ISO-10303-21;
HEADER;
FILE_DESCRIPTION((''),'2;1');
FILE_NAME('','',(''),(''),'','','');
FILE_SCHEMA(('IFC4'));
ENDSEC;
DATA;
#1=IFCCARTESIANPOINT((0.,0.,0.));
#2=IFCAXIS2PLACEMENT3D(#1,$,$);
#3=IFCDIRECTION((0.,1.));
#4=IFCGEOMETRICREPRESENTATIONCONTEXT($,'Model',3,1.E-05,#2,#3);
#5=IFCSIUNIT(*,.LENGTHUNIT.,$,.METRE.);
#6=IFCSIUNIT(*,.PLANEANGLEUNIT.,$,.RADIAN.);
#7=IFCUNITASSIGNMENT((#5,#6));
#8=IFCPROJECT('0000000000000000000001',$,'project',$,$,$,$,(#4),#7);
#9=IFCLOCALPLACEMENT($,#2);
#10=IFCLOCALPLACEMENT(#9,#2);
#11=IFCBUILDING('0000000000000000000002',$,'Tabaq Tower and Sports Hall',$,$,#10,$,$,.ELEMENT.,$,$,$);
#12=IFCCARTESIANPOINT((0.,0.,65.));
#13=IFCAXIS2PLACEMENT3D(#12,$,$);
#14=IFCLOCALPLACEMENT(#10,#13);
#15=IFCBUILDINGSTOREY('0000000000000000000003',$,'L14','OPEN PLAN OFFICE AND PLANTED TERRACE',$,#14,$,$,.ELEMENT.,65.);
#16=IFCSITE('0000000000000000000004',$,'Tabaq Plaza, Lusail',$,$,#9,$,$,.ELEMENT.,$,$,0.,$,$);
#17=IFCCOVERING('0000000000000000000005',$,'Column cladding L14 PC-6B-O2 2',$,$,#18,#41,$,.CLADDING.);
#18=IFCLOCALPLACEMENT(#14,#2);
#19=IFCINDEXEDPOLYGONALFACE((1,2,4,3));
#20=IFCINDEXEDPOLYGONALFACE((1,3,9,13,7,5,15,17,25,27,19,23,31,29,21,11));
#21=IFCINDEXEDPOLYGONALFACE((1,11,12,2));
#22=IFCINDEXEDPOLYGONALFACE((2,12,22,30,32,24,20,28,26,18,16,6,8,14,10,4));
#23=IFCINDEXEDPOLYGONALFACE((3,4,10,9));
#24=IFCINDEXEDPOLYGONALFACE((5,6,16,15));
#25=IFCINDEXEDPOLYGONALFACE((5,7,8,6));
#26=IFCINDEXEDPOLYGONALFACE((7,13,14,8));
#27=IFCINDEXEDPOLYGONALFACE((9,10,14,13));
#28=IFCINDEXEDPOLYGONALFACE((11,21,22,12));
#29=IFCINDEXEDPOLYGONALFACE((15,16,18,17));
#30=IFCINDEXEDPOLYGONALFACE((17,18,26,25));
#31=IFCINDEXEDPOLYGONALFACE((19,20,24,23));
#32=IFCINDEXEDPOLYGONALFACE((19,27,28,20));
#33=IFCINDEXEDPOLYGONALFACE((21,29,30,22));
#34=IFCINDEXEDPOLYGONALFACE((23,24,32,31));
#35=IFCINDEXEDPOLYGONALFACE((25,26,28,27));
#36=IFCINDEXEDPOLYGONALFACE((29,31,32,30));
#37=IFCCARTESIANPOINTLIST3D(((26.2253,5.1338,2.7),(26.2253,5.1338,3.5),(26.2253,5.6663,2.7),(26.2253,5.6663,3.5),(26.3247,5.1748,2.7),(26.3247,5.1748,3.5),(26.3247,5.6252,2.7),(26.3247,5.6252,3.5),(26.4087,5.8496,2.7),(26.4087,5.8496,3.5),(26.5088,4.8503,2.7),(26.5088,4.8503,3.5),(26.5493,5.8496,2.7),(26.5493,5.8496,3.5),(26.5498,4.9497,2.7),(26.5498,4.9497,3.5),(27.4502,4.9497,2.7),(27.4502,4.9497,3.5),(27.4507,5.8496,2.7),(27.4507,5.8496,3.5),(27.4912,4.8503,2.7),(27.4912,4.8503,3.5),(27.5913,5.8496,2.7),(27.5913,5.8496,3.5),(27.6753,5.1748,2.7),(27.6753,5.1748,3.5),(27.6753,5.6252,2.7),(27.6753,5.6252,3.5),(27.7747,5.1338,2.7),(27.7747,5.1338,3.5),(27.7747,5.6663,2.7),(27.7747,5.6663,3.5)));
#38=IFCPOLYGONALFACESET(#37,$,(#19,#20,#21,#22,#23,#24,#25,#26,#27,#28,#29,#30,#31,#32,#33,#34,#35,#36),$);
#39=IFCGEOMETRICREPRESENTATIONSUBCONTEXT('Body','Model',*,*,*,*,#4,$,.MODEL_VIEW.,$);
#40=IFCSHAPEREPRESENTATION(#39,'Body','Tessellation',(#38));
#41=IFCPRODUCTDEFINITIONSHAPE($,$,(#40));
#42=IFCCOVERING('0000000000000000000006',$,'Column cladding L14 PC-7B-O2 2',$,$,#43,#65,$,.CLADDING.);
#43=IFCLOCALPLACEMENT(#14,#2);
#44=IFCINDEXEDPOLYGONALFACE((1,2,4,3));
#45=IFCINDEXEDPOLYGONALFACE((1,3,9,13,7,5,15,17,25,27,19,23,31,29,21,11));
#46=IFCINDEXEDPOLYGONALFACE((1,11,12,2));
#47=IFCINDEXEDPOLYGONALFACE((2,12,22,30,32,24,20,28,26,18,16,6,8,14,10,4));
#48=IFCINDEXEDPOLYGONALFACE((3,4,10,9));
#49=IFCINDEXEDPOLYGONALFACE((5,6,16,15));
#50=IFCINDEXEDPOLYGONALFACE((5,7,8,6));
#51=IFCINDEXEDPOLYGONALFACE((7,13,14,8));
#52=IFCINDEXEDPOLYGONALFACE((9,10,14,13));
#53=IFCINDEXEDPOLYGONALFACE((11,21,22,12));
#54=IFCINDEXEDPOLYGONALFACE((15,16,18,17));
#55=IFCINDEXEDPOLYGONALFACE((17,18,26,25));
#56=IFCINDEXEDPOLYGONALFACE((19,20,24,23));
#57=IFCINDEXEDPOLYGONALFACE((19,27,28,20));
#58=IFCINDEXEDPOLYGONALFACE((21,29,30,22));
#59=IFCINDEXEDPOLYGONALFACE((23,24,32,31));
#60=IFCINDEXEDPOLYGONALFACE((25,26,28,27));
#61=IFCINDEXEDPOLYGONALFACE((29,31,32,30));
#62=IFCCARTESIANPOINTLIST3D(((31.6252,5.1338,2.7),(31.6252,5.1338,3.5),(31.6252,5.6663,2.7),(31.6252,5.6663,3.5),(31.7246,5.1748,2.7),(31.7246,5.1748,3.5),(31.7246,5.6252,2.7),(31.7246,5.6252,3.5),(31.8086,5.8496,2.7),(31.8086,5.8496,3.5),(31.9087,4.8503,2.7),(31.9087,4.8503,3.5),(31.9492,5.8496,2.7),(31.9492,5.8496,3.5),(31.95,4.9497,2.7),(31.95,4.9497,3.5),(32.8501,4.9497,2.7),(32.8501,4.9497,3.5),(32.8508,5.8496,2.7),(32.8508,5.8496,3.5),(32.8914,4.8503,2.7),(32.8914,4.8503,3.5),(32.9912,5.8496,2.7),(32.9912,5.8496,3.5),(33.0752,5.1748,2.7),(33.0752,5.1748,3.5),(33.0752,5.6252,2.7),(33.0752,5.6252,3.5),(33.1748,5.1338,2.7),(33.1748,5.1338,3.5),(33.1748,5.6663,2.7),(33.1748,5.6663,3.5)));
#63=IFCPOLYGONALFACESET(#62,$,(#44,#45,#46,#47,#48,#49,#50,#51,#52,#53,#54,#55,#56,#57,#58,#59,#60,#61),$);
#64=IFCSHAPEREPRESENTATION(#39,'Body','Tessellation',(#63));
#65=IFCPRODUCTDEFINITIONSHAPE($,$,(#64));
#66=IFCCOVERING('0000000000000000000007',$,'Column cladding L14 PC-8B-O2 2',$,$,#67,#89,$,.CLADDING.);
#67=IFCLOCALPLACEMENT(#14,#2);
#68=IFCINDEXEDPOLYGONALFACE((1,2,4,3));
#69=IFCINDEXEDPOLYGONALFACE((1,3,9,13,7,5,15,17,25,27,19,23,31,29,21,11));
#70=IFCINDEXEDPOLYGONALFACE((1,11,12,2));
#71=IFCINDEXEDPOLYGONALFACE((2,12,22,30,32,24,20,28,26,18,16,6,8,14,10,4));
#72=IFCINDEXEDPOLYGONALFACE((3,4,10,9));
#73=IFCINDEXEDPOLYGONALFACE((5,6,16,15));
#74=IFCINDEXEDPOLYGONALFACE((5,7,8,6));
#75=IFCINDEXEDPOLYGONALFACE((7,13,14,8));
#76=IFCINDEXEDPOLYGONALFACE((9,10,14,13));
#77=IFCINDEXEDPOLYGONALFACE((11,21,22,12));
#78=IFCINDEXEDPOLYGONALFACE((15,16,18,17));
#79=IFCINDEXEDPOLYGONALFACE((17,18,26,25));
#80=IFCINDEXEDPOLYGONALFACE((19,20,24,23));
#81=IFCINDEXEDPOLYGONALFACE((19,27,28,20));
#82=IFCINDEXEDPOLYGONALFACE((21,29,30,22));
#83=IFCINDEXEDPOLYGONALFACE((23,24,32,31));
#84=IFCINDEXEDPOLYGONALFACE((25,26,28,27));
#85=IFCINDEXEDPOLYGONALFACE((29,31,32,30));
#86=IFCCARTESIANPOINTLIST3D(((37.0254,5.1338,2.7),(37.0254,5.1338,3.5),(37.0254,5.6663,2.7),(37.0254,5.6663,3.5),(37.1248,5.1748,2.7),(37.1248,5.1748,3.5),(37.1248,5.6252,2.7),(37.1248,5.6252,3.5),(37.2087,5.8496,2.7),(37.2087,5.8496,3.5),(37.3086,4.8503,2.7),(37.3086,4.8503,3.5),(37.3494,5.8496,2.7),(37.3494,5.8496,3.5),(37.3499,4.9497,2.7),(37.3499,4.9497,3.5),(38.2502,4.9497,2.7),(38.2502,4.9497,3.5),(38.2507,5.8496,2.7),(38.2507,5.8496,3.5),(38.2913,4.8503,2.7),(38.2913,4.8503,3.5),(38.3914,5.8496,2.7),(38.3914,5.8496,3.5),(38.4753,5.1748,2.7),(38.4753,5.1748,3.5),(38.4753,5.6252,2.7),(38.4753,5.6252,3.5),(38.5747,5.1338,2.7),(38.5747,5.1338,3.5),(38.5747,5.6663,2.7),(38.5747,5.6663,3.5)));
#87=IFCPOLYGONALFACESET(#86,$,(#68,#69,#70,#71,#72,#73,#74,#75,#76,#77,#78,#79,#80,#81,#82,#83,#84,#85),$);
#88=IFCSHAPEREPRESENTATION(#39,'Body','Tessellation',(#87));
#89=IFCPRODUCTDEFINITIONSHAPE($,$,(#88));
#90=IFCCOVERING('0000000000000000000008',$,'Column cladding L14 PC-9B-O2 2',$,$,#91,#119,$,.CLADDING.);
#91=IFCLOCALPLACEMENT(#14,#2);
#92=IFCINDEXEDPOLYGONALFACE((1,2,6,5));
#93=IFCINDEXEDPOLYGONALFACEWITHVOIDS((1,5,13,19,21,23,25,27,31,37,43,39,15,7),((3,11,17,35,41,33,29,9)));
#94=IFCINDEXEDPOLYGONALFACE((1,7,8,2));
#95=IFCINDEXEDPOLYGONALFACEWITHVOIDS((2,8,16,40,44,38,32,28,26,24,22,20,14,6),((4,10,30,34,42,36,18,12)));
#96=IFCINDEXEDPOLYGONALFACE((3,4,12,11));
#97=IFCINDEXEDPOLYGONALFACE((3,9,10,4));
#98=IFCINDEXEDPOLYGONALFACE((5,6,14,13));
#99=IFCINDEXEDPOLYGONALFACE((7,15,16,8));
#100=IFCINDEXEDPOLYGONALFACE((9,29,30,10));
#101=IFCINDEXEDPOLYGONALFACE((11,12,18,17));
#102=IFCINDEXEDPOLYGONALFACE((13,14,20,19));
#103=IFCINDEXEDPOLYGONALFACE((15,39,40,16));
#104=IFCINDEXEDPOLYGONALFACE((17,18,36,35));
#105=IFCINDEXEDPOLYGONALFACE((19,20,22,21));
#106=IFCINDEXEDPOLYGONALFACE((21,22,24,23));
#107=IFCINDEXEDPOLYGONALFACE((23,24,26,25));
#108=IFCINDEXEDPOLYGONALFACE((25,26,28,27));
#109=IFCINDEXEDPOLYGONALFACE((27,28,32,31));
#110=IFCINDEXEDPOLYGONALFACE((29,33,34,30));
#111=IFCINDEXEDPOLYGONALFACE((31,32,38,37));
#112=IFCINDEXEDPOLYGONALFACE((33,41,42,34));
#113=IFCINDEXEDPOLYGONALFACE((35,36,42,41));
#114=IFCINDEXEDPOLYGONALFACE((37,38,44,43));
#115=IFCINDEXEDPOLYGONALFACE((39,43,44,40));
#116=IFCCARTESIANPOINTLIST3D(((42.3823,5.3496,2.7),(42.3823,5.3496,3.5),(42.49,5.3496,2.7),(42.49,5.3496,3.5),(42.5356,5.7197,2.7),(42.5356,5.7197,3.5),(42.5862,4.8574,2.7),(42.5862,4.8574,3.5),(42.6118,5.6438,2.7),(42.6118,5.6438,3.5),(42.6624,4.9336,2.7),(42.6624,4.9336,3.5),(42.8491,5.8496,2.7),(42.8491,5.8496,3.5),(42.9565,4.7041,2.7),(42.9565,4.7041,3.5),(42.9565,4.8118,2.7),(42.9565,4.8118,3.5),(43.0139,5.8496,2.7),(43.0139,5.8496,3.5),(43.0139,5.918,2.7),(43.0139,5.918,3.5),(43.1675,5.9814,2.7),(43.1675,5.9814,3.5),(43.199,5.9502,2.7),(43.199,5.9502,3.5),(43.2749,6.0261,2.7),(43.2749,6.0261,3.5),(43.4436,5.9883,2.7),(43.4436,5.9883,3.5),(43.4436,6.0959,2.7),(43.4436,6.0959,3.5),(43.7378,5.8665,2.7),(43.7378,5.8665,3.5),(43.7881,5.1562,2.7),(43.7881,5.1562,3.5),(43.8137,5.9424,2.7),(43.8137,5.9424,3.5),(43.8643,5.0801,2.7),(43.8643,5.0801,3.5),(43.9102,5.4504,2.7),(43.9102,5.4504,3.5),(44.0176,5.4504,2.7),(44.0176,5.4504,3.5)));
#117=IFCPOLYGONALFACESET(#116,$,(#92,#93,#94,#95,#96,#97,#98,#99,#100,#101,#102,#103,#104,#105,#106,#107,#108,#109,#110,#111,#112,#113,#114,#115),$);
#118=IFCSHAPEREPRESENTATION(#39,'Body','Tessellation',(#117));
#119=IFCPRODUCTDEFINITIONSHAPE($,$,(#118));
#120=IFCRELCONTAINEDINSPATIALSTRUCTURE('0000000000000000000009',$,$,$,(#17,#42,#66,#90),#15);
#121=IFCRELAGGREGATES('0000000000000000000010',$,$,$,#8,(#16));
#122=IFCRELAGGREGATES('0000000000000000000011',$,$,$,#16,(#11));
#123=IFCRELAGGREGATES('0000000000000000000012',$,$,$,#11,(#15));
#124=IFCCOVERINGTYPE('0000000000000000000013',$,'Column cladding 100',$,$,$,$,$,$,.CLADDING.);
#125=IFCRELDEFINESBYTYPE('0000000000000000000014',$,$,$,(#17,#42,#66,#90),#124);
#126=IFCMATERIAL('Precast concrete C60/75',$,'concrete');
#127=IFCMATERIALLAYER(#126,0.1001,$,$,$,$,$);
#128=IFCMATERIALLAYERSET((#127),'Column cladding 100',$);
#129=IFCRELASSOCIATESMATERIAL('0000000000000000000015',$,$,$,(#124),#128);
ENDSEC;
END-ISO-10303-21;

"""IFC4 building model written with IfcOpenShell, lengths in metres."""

from ifc_helpers import new_model, si_unit, direction, frame, origin, place, context, subcontext, project, spatial, polyline, outline, extrude, material, layer, layer_set, type_object, element, save


model = new_model("IFC4")

# Units and contexts
model_context = context("Model", 3, precision=1e-05, world=origin(), true_north=direction((0.0, 1.0)))
body_context = subcontext(model_context, "Body", "Model", "MODEL_VIEW")
ifc_project = project(units=[si_unit("LENGTHUNIT", "METRE"), si_unit("PLANEANGLEUNIT", "RADIAN")], contexts=[model_context])

# Site, building, storey
site_placement = place(None, origin())
site = spatial("IfcSite", under=ifc_project, at=site_placement, Name="Tabaq Plaza, Lusail", CompositionType="ELEMENT", RefElevation=0.0)
building_placement = place(site_placement, origin())
building = spatial("IfcBuilding", under=site, at=building_placement, Name="Tabaq Tower and Sports Hall", CompositionType="ELEMENT")
storey_placement = place(building_placement, frame((0.0, 0.0, 65.0)))
storey = spatial("IfcBuildingStorey", under=building, at=storey_placement, Name="L14", Description="OPEN PLAN OFFICE AND PLANTED TERRACE", CompositionType="ELEMENT", Elevation=65.0)

# Coverings
ifc_material_1 = material(Name="Precast concrete C60/75", Category="concrete")
ifc_layer_1 = layer(ifc_material_1, 0.1001)
ifc_layer_set_1 = layer_set([ifc_layer_1], Name="Column cladding 100")
covering_type = type_object("IfcCoveringType", Name="Column cladding 100", PredefinedType="CLADDING", material=ifc_layer_set_1)
covering_1_placement = place(storey_placement, frame((0.0, 0.0, 2.7)))
element("IfcCovering", 1, at=covering_1_placement, inside=storey, type_object=covering_type, Name="Column cladding L14 PC-6B-O2 2", PredefinedType="CLADDING", context=body_context, shape_type="SweptSolid", body=[
    extrude(outline(polyline([(26.2253, 5.6663), (26.4087, 5.8496), (26.5493, 5.8496), (26.3247, 5.6252), (26.3247, 5.1748), (26.5498, 4.9497), (27.4502, 4.9497), (27.6753, 5.1748), (27.6753, 5.6252), (27.4507, 5.8496), (27.5913, 5.8496), (27.7747, 5.6663), (27.7747, 5.1338), (27.4912, 4.8503), (26.5088, 4.8503), (26.2253, 5.1338), (26.2253, 5.6663)])), origin(), (0.0, 0.0, 1.0), 0.8),
])
covering_2_placement = place(storey_placement, frame((0.0, 0.0, 2.7)))
element("IfcCovering", 2, at=covering_2_placement, inside=storey, type_object=covering_type, Name="Column cladding L14 PC-7B-O2 2", PredefinedType="CLADDING", context=body_context, shape_type="SweptSolid", body=[
    extrude(outline(polyline([(31.6252, 5.6663), (31.8086, 5.8496), (31.9492, 5.8496), (31.7246, 5.6252), (31.7246, 5.1748), (31.95, 4.9497), (32.8501, 4.9497), (33.0752, 5.1748), (33.0752, 5.6252), (32.8508, 5.8496), (32.9912, 5.8496), (33.1748, 5.6663), (33.1748, 5.1338), (32.8914, 4.8503), (31.9087, 4.8503), (31.6252, 5.1338), (31.6252, 5.6663)])), origin(), (0.0, 0.0, 1.0), 0.8),
])
covering_3_placement = place(storey_placement, frame((0.0, 0.0, 2.7)))
element("IfcCovering", 3, at=covering_3_placement, inside=storey, type_object=covering_type, Name="Column cladding L14 PC-8B-O2 2", PredefinedType="CLADDING", context=body_context, shape_type="SweptSolid", body=[
    extrude(outline(polyline([(37.0254, 5.6663), (37.2087, 5.8496), (37.3494, 5.8496), (37.1248, 5.6252), (37.1248, 5.1748), (37.3499, 4.9497), (38.2502, 4.9497), (38.4753, 5.1748), (38.4753, 5.6252), (38.2507, 5.8496), (38.3914, 5.8496), (38.5747, 5.6663), (38.5747, 5.1338), (38.2913, 4.8503), (37.3086, 4.8503), (37.0254, 5.1338), (37.0254, 5.6663)])), origin(), (0.0, 0.0, 1.0), 0.8),
])
covering_4_placement = place(storey_placement, frame((0.0, 0.0, 2.7)))
element("IfcCovering", 4, at=covering_4_placement, inside=storey, type_object=covering_type, Name="Column cladding L14 PC-9B-O2 2", PredefinedType="CLADDING", context=body_context, shape_type="SweptSolid", body=[
    extrude(outline(polyline([(42.3823, 5.3496), (42.5356, 5.7197), (42.8491, 5.8496), (43.0139, 5.8496), (43.0139, 5.918), (43.1675, 5.9814), (43.199, 5.9502), (43.2749, 6.0261), (43.4436, 6.0959), (43.8137, 5.9424), (44.0176, 5.4504), (43.8643, 5.0801), (42.9565, 4.7041), (42.5862, 4.8574), (42.3823, 5.3496)]), holes=[polyline([(43.9102, 5.4504), (43.7378, 5.8665), (43.4436, 5.9883), (42.6118, 5.6438), (42.49, 5.3496), (42.6624, 4.9336), (42.9565, 4.8118), (43.7881, 5.1562), (43.9102, 5.4504)])]), origin(), (0.0, 0.0, 1.0), 0.8),
])

save(model, "model.ifc")
